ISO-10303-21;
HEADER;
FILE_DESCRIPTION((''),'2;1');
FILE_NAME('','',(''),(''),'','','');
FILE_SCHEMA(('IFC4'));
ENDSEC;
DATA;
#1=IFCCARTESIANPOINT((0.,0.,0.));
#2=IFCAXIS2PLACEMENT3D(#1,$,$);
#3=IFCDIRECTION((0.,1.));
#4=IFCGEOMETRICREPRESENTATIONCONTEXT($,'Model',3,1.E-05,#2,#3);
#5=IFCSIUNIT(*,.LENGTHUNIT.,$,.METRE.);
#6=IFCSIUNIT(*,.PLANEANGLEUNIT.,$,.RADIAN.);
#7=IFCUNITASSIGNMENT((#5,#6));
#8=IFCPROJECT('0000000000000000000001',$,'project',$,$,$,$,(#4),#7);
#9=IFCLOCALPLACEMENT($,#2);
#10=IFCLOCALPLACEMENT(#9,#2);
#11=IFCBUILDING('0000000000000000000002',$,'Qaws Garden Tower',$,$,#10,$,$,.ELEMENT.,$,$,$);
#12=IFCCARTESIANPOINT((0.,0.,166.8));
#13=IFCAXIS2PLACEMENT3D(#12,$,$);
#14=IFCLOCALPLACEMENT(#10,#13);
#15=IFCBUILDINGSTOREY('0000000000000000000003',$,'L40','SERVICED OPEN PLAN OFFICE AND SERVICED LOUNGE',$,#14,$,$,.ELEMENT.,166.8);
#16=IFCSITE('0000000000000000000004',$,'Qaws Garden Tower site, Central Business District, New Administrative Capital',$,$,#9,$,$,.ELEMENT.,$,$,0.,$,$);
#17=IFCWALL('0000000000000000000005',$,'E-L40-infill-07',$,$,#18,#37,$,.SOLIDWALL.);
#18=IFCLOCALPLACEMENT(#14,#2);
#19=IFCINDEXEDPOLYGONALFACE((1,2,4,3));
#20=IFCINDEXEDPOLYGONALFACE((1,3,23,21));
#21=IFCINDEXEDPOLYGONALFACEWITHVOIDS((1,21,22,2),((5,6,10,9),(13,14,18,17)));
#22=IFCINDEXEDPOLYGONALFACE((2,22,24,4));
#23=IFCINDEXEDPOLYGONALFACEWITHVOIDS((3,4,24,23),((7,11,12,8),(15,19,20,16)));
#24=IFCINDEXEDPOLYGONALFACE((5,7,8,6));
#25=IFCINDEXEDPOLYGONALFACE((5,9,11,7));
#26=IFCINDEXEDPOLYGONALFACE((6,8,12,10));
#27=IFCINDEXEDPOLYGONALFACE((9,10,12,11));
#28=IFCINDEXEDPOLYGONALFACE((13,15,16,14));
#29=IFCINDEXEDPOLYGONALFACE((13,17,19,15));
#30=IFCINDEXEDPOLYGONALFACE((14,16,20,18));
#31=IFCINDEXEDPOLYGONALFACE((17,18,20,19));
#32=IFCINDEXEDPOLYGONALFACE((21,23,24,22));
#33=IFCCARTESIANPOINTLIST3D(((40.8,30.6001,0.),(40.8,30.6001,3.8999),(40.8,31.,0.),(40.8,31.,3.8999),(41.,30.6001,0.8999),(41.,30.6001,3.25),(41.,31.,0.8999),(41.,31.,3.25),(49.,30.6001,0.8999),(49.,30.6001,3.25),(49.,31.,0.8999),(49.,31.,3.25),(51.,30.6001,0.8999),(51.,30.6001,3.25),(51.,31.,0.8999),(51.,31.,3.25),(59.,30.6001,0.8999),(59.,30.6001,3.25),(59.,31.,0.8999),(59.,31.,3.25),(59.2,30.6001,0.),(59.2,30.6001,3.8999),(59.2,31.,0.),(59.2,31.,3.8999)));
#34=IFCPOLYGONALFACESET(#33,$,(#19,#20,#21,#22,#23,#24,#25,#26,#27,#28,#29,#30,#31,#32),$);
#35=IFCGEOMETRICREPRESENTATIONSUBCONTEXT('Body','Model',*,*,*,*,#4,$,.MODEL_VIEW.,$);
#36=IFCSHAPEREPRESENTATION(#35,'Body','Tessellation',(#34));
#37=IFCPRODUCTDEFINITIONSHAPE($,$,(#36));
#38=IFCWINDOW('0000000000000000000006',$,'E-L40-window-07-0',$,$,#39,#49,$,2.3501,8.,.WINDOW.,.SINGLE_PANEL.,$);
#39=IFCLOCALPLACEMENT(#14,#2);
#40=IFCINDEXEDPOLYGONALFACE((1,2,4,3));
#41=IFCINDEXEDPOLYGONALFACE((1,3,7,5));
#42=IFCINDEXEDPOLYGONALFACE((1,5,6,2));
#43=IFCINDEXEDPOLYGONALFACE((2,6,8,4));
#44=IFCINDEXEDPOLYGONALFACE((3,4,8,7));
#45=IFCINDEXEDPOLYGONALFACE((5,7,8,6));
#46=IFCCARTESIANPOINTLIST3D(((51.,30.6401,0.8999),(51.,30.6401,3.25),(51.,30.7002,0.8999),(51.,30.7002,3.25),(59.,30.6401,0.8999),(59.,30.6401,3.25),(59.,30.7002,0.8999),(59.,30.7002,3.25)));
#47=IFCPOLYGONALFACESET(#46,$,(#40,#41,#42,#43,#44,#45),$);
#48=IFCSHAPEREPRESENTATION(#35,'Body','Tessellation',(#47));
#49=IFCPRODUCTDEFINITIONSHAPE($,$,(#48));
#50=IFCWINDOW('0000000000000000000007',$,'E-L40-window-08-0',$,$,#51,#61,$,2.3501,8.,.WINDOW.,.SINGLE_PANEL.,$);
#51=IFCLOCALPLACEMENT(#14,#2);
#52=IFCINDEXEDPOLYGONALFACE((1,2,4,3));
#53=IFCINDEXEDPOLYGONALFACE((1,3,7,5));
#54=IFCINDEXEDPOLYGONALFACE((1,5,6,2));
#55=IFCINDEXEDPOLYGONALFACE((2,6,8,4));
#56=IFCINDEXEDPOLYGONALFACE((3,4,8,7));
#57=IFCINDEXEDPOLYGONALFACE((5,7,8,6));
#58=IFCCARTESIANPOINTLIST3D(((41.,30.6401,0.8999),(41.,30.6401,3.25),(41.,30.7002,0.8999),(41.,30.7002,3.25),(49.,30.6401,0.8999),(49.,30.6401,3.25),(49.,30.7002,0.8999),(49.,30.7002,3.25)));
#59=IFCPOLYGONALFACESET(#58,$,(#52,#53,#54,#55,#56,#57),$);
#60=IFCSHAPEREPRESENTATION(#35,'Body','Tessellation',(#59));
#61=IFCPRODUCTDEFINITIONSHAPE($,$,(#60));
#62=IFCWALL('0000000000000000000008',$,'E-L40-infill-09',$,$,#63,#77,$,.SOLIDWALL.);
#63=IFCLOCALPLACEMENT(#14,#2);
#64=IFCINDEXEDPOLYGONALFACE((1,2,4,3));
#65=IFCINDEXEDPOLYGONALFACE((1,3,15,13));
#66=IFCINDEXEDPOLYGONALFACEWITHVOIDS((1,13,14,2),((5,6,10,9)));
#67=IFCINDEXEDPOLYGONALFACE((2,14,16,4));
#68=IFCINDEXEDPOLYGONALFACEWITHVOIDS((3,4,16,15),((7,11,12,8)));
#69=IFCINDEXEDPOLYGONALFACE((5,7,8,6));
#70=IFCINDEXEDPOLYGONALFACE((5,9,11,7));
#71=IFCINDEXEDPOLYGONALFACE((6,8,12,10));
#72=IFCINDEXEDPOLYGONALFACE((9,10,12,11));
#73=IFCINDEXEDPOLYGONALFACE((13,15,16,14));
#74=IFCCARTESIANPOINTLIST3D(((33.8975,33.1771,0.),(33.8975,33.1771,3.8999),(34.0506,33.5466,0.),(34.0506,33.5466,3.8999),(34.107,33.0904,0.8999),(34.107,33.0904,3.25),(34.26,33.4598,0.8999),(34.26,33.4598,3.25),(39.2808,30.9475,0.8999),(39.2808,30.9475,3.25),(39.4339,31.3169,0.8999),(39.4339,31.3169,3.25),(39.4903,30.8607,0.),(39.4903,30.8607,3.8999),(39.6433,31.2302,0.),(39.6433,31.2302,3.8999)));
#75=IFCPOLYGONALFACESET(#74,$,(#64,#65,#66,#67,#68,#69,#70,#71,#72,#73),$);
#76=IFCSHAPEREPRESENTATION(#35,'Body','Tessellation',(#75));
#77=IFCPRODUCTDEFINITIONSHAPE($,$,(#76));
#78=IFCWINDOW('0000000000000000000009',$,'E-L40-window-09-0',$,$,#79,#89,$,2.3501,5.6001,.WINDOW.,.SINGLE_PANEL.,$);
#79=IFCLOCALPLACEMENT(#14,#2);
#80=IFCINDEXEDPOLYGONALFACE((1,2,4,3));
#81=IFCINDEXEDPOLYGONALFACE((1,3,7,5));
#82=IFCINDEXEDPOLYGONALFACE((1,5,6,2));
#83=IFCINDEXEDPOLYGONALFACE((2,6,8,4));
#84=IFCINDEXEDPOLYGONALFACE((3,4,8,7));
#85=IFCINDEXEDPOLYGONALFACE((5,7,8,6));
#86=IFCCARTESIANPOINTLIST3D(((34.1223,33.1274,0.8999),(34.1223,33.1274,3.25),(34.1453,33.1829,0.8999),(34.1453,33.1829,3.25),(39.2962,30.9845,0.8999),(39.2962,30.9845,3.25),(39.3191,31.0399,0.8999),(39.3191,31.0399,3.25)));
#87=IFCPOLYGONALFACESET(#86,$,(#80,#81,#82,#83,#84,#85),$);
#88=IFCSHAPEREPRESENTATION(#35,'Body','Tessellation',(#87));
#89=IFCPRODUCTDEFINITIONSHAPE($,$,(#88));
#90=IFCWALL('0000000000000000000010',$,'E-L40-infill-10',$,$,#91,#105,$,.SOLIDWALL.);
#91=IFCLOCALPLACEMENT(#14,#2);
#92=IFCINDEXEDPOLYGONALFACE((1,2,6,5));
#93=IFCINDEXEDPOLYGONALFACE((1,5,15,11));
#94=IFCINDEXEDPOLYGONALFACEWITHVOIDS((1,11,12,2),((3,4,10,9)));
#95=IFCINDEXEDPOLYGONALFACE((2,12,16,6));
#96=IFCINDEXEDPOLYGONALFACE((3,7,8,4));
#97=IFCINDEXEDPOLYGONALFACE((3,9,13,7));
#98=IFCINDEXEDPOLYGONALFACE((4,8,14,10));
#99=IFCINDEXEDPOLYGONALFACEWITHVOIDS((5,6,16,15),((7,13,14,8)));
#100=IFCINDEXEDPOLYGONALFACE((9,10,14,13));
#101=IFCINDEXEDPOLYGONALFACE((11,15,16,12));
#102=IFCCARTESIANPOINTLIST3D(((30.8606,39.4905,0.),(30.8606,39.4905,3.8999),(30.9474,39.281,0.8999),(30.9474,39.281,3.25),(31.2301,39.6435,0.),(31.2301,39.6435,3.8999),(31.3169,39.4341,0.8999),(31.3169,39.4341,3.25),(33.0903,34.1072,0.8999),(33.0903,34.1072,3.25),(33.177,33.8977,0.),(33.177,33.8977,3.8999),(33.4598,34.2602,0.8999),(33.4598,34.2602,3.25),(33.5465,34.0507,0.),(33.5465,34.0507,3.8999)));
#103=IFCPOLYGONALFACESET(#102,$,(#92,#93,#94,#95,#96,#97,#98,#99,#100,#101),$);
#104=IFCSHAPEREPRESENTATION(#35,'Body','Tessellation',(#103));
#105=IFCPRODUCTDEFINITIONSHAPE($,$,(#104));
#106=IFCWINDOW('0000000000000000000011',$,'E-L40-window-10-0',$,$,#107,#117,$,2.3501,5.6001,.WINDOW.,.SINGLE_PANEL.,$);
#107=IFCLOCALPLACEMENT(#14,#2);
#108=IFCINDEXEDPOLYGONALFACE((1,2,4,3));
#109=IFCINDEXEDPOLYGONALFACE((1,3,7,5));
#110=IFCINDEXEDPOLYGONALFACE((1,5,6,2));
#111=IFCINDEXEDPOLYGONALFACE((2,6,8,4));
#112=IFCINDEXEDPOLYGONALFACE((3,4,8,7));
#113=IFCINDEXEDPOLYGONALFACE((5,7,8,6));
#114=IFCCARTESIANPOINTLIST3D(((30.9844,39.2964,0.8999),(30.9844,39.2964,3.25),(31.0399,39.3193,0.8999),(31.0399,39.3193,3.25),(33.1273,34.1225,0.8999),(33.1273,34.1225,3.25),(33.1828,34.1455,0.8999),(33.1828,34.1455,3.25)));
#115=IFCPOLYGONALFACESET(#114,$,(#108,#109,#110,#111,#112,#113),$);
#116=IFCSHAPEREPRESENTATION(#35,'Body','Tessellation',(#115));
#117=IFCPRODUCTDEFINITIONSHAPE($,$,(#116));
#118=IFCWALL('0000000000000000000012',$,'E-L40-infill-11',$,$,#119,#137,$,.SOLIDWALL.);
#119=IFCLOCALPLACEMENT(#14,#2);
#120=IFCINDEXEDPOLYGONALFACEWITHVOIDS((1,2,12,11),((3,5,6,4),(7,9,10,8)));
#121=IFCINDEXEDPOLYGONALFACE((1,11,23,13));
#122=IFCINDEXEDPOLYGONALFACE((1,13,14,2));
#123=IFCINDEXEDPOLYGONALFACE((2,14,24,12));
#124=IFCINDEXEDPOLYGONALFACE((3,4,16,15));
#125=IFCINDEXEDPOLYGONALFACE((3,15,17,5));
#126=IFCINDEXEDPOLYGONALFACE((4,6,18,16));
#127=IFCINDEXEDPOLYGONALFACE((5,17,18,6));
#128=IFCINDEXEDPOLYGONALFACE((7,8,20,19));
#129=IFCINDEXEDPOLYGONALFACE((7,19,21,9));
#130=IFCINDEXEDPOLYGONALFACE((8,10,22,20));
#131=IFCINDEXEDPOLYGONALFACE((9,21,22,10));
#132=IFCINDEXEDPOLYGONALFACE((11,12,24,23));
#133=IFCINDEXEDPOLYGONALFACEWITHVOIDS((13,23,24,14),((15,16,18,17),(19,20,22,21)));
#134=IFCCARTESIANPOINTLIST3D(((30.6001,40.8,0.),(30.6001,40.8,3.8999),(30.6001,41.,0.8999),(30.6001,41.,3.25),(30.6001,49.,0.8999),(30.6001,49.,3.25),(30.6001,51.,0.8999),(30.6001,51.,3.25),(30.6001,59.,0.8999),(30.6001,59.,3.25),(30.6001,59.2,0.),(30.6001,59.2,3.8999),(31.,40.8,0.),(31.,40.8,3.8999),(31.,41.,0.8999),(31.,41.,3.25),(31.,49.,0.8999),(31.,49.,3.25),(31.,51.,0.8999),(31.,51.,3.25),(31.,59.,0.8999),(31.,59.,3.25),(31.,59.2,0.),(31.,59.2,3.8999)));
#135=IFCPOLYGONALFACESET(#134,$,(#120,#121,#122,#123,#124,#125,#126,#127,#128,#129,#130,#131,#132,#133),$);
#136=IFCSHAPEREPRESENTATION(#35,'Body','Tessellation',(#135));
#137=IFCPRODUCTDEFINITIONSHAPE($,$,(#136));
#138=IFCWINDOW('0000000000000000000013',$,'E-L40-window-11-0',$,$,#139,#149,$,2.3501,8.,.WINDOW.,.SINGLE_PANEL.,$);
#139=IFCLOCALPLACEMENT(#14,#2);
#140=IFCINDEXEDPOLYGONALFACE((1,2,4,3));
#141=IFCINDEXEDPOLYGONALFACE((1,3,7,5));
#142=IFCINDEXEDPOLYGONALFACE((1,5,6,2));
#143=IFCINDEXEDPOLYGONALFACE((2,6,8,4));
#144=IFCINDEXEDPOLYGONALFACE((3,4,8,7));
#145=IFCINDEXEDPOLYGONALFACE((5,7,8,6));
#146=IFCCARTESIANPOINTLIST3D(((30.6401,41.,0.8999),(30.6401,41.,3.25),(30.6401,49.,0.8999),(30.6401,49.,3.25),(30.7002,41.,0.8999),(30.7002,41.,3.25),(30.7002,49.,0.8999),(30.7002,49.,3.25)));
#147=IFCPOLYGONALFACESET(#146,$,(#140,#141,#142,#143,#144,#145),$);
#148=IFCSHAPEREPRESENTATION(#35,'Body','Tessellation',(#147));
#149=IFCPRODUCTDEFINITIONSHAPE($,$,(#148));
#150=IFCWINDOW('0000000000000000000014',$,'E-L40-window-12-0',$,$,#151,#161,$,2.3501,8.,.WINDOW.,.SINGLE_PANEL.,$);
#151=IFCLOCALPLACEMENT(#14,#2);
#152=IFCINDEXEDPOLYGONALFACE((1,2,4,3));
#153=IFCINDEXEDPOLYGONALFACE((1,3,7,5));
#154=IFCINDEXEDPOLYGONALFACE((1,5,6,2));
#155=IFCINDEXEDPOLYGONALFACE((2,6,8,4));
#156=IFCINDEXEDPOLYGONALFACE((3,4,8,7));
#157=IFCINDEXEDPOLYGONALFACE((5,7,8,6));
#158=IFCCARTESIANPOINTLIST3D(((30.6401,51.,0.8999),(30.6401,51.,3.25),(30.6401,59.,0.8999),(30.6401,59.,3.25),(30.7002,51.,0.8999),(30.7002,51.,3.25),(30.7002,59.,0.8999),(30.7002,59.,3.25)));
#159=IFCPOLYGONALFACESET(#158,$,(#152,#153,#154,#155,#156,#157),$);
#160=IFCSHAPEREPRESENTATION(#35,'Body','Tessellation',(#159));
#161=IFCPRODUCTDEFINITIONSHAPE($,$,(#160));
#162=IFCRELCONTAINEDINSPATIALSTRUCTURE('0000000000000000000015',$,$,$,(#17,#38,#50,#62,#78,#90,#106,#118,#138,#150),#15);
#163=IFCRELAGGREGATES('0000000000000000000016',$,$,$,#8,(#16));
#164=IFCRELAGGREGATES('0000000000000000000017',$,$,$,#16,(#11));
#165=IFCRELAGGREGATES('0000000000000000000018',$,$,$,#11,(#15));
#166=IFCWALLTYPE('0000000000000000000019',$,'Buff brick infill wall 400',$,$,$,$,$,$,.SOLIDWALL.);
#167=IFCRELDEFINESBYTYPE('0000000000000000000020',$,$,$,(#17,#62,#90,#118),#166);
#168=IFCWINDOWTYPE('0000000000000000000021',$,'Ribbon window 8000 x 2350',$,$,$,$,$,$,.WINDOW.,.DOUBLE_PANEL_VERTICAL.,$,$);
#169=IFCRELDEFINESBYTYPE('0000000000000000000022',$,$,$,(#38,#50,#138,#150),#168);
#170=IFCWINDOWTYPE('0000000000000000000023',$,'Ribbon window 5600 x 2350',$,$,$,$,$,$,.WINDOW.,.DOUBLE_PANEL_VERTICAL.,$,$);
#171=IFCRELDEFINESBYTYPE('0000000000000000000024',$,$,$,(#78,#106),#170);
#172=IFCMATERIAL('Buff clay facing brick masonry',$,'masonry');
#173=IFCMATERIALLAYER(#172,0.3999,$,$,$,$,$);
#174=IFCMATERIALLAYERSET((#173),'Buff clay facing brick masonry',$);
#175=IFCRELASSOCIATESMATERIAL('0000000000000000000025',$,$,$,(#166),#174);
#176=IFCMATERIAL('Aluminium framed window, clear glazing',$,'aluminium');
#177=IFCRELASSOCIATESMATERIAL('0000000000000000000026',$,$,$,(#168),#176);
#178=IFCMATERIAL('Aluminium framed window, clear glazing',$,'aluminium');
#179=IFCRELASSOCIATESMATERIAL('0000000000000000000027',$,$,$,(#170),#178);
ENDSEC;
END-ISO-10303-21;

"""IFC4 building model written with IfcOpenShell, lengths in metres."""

from ifc_helpers import new_model, si_unit, direction, frame, frame_2d, origin, place, context, subcontext, project, spatial, rectangle, extrude, material, layer, layer_set, type_object, element, fill, save


model = new_model("IFC4")

# Units and contexts
model_context = context("Model", 3, precision=1e-05, world=origin(), true_north=direction((0.0, 1.0)))
body_context = subcontext(model_context, "Body", "Model", "MODEL_VIEW")
ifc_project = project(units=[si_unit("LENGTHUNIT", "METRE"), si_unit("PLANEANGLEUNIT", "RADIAN")], contexts=[model_context])

# Site, building, storey
site_placement = place(None, origin())
site = spatial("IfcSite", under=ifc_project, at=site_placement, Name="Qaws Garden Tower site, Central Business District, New Administrative Capital", CompositionType="ELEMENT", RefElevation=0.0)
building_placement = place(site_placement, origin())
building = spatial("IfcBuilding", under=site, at=building_placement, Name="Qaws Garden Tower", CompositionType="ELEMENT")
storey_placement = place(building_placement, frame((0.0, 0.0, 166.8)))
storey = spatial("IfcBuildingStorey", under=building, at=storey_placement, Name="L40", Description="SERVICED OPEN PLAN OFFICE AND SERVICED LOUNGE", CompositionType="ELEMENT", Elevation=166.8)

# Wall, openings, windows
ifc_material_1 = material(Name="Buff clay facing brick masonry", Category="masonry")
ifc_layer_1 = layer(ifc_material_1, 0.3999)
ifc_layer_set_1 = layer_set([ifc_layer_1], Name="Buff clay facing brick masonry")
wall_type_1 = type_object("IfcWallType", Name="Buff brick infill wall 400", PredefinedType="SOLIDWALL", material=ifc_layer_set_1)
wall_1_placement = place(storey_placement, frame((59.2, 30.8, 0.0), z_axis=(0.0, 0.0, 1.0), x_axis=(-1.0, 0.0, 0.0)))
wall_1 = element("IfcWall", 1, at=wall_1_placement, inside=storey, type_object=wall_type_1, Name="E-L40-infill-07", PredefinedType="SOLIDWALL", context=body_context, shape_type="SweptSolid", body=[
    extrude(rectangle(XDim=18.3999, YDim=0.3999, at=frame_2d((9.2, 0.0))), origin(), (0.0, 0.0, 1.0), 3.8999),
])
opening_1_placement = place(wall_1_placement, frame((0.2, 0.0, 0.8999)))
opening_1 = element("IfcOpeningElement", 2, at=opening_1_placement, cuts=wall_1, PredefinedType="OPENING", context=body_context, shape_type="SweptSolid", body=[
    extrude(rectangle(XDim=8.0, YDim=2.3501, at=frame_2d((4.0, 1.175))), frame((0.0, 0.21, 0.0), z_axis=(0.0, -1.0, 0.0), x_axis=(1.0, 0.0, 0.0)), (0.0, 0.0, 1.0), 0.4199),
])
opening_2_placement = place(wall_1_placement, frame((10.2, 0.0, 0.8999)))
opening_2 = element("IfcOpeningElement", 3, at=opening_2_placement, cuts=wall_1, PredefinedType="OPENING", context=body_context, shape_type="SweptSolid", body=[
    extrude(rectangle(XDim=8.0, YDim=2.3501, at=frame_2d((4.0, 1.175))), frame((0.0, 0.21, 0.0), z_axis=(0.0, -1.0, 0.0), x_axis=(1.0, 0.0, 0.0)), (0.0, 0.0, 1.0), 0.4199),
])
ifc_material_2 = material(Name="Aluminium framed window, clear glazing", Category="aluminium")
window_type_1 = type_object("IfcWindowType", Name="Ribbon window 8000 x 2350", PartitioningType="DOUBLE_PANEL_VERTICAL", PredefinedType="WINDOW", material=ifc_material_2)
window_1_placement = place(opening_1_placement, origin())
window_1 = element("IfcWindow", 4, at=window_1_placement, inside=storey, type_object=window_type_1, Name="E-L40-window-07-0", OverallHeight=2.3501, OverallWidth=8.0, PartitioningType="SINGLE_PANEL", PredefinedType="WINDOW", context=body_context, shape_type="SweptSolid", body=[
    extrude(rectangle(XDim=8.0, YDim=2.3501, at=frame_2d((4.0, 1.175))), frame((0.0, 0.1599, 0.0), z_axis=(0.0, -1.0, 0.0), x_axis=(1.0, 0.0, 0.0)), (0.0, 0.0, 1.0), 0.0601),
])
fill(opening_1, window_1)
window_2_placement = place(opening_2_placement, origin())
window_2 = element("IfcWindow", 5, at=window_2_placement, inside=storey, type_object=window_type_1, Name="E-L40-window-08-0", OverallHeight=2.3501, OverallWidth=8.0, PartitioningType="SINGLE_PANEL", PredefinedType="WINDOW", context=body_context, shape_type="SweptSolid", body=[
    extrude(rectangle(XDim=8.0, YDim=2.3501, at=frame_2d((4.0, 1.175))), frame((0.0, 0.1599, 0.0), z_axis=(0.0, -1.0, 0.0), x_axis=(1.0, 0.0, 0.0)), (0.0, 0.0, 1.0), 0.0601),
])
fill(opening_2, window_2)

# Walls, openings, windows
wall_2_placement = place(storey_placement, frame((39.5669, 31.0454, 0.0), z_axis=(0.0, 0.0, 1.0), x_axis=(-0.923891, 0.382656, 0.0)))
wall_2 = element("IfcWall", 6, at=wall_2_placement, inside=storey, type_object=wall_type_1, Name="E-L40-infill-09", PredefinedType="SOLIDWALL", context=body_context, shape_type="SweptSolid", body=[
    extrude(rectangle(XDim=6.0535, YDim=0.3999, at=frame_2d((3.0269, 0.0))), origin(), (0.0, 0.0, 1.0), 3.8999),
])
opening_3_placement = place(wall_2_placement, frame((0.2268, 0.0, 0.8999)))
opening_3 = element("IfcOpeningElement", 7, at=opening_3_placement, cuts=wall_2, PredefinedType="OPENING", context=body_context, shape_type="SweptSolid", body=[
    extrude(rectangle(XDim=5.6001, YDim=2.3501, at=frame_2d((2.8, 1.175))), frame((0.0, 0.21, 0.0), z_axis=(0.0, -1.0, 0.0), x_axis=(1.0, 0.0, 0.0)), (0.0, 0.0, 1.0), 0.4199),
])
ifc_material_3 = material(Name="Aluminium framed window, clear glazing", Category="aluminium")
window_type_2 = type_object("IfcWindowType", Name="Ribbon window 5600 x 2350", PartitioningType="DOUBLE_PANEL_VERTICAL", PredefinedType="WINDOW", material=ifc_material_3)
window_3_placement = place(opening_3_placement, origin())
window_3 = element("IfcWindow", 8, at=window_3_placement, inside=storey, type_object=window_type_2, Name="E-L40-window-09-0", OverallHeight=2.3501, OverallWidth=5.6001, PartitioningType="SINGLE_PANEL", PredefinedType="WINDOW", context=body_context, shape_type="SweptSolid", body=[
    extrude(rectangle(XDim=5.6001, YDim=2.3501, at=frame_2d((2.8, 1.175))), frame((0.0, 0.1599, 0.0), z_axis=(0.0, -1.0, 0.0), x_axis=(1.0, 0.0, 0.0)), (0.0, 0.0, 1.0), 0.0601),
])
fill(opening_3, window_3)
wall_3_placement = place(storey_placement, frame((33.3618, 33.9741, 0.0), z_axis=(0.0, 0.0, 1.0), x_axis=(-0.382656, 0.923891, 0.0)))
wall_3 = element("IfcWall", 9, at=wall_3_placement, inside=storey, type_object=wall_type_1, Name="E-L40-infill-10", PredefinedType="SOLIDWALL", context=body_context, shape_type="SweptSolid", body=[
    extrude(rectangle(XDim=6.0535, YDim=0.3999, at=frame_2d((3.0269, 0.0))), origin(), (0.0, 0.0, 1.0), 3.8999),
])
opening_4_placement = place(wall_3_placement, frame((0.2268, 0.0, 0.8999)))
opening_4 = element("IfcOpeningElement", 10, at=opening_4_placement, cuts=wall_3, PredefinedType="OPENING", context=body_context, shape_type="SweptSolid", body=[
    extrude(rectangle(XDim=5.6001, YDim=2.3501, at=frame_2d((2.8, 1.175))), frame((0.0, 0.21, 0.0), z_axis=(0.0, -1.0, 0.0), x_axis=(1.0, 0.0, 0.0)), (0.0, 0.0, 1.0), 0.4199),
])
window_4_placement = place(opening_4_placement, origin())
window_4 = element("IfcWindow", 11, at=window_4_placement, inside=storey, type_object=window_type_2, Name="E-L40-window-10-0", OverallHeight=2.3501, OverallWidth=5.6001, PartitioningType="SINGLE_PANEL", PredefinedType="WINDOW", context=body_context, shape_type="SweptSolid", body=[
    extrude(rectangle(XDim=5.6001, YDim=2.3501, at=frame_2d((2.8, 1.175))), frame((0.0, 0.1599, 0.0), z_axis=(0.0, -1.0, 0.0), x_axis=(1.0, 0.0, 0.0)), (0.0, 0.0, 1.0), 0.0601),
])
fill(opening_4, window_4)

# Wall, openings, windows
wall_4_placement = place(storey_placement, frame((30.8, 40.8, 0.0), z_axis=(0.0, 0.0, 1.0), x_axis=(0.0, 1.0, 0.0)))
wall_4 = element("IfcWall", 12, at=wall_4_placement, inside=storey, type_object=wall_type_1, Name="E-L40-infill-11", PredefinedType="SOLIDWALL", context=body_context, shape_type="SweptSolid", body=[
    extrude(rectangle(XDim=18.3999, YDim=0.3999, at=frame_2d((9.2, 0.0))), origin(), (0.0, 0.0, 1.0), 3.8999),
])
opening_5_placement = place(wall_4_placement, frame((0.2, 0.0, 0.8999)))
opening_5 = element("IfcOpeningElement", 13, at=opening_5_placement, cuts=wall_4, PredefinedType="OPENING", context=body_context, shape_type="SweptSolid", body=[
    extrude(rectangle(XDim=8.0, YDim=2.3501, at=frame_2d((4.0, 1.175))), frame((0.0, 0.21, 0.0), z_axis=(0.0, -1.0, 0.0), x_axis=(1.0, 0.0, 0.0)), (0.0, 0.0, 1.0), 0.4199),
])
opening_6_placement = place(wall_4_placement, frame((10.2, 0.0, 0.8999)))
opening_6 = element("IfcOpeningElement", 14, at=opening_6_placement, cuts=wall_4, PredefinedType="OPENING", context=body_context, shape_type="SweptSolid", body=[
    extrude(rectangle(XDim=8.0, YDim=2.3501, at=frame_2d((4.0, 1.175))), frame((0.0, 0.21, 0.0), z_axis=(0.0, -1.0, 0.0), x_axis=(1.0, 0.0, 0.0)), (0.0, 0.0, 1.0), 0.4199),
])
window_5_placement = place(opening_5_placement, origin())
window_5 = element("IfcWindow", 15, at=window_5_placement, inside=storey, type_object=window_type_1, Name="E-L40-window-11-0", OverallHeight=2.3501, OverallWidth=8.0, PartitioningType="SINGLE_PANEL", PredefinedType="WINDOW", context=body_context, shape_type="SweptSolid", body=[
    extrude(rectangle(XDim=8.0, YDim=2.3501, at=frame_2d((4.0, 1.175))), frame((0.0, 0.1599, 0.0), z_axis=(0.0, -1.0, 0.0), x_axis=(1.0, 0.0, 0.0)), (0.0, 0.0, 1.0), 0.0601),
])
fill(opening_5, window_5)
window_6_placement = place(opening_6_placement, origin())
window_6 = element("IfcWindow", 16, at=window_6_placement, inside=storey, type_object=window_type_1, Name="E-L40-window-12-0", OverallHeight=2.3501, OverallWidth=8.0, PartitioningType="SINGLE_PANEL", PredefinedType="WINDOW", context=body_context, shape_type="SweptSolid", body=[
    extrude(rectangle(XDim=8.0, YDim=2.3501, at=frame_2d((4.0, 1.175))), frame((0.0, 0.1599, 0.0), z_axis=(0.0, -1.0, 0.0), x_axis=(1.0, 0.0, 0.0)), (0.0, 0.0, 1.0), 0.0601),
])
fill(opening_6, window_6)

save(model, "model.ifc")
